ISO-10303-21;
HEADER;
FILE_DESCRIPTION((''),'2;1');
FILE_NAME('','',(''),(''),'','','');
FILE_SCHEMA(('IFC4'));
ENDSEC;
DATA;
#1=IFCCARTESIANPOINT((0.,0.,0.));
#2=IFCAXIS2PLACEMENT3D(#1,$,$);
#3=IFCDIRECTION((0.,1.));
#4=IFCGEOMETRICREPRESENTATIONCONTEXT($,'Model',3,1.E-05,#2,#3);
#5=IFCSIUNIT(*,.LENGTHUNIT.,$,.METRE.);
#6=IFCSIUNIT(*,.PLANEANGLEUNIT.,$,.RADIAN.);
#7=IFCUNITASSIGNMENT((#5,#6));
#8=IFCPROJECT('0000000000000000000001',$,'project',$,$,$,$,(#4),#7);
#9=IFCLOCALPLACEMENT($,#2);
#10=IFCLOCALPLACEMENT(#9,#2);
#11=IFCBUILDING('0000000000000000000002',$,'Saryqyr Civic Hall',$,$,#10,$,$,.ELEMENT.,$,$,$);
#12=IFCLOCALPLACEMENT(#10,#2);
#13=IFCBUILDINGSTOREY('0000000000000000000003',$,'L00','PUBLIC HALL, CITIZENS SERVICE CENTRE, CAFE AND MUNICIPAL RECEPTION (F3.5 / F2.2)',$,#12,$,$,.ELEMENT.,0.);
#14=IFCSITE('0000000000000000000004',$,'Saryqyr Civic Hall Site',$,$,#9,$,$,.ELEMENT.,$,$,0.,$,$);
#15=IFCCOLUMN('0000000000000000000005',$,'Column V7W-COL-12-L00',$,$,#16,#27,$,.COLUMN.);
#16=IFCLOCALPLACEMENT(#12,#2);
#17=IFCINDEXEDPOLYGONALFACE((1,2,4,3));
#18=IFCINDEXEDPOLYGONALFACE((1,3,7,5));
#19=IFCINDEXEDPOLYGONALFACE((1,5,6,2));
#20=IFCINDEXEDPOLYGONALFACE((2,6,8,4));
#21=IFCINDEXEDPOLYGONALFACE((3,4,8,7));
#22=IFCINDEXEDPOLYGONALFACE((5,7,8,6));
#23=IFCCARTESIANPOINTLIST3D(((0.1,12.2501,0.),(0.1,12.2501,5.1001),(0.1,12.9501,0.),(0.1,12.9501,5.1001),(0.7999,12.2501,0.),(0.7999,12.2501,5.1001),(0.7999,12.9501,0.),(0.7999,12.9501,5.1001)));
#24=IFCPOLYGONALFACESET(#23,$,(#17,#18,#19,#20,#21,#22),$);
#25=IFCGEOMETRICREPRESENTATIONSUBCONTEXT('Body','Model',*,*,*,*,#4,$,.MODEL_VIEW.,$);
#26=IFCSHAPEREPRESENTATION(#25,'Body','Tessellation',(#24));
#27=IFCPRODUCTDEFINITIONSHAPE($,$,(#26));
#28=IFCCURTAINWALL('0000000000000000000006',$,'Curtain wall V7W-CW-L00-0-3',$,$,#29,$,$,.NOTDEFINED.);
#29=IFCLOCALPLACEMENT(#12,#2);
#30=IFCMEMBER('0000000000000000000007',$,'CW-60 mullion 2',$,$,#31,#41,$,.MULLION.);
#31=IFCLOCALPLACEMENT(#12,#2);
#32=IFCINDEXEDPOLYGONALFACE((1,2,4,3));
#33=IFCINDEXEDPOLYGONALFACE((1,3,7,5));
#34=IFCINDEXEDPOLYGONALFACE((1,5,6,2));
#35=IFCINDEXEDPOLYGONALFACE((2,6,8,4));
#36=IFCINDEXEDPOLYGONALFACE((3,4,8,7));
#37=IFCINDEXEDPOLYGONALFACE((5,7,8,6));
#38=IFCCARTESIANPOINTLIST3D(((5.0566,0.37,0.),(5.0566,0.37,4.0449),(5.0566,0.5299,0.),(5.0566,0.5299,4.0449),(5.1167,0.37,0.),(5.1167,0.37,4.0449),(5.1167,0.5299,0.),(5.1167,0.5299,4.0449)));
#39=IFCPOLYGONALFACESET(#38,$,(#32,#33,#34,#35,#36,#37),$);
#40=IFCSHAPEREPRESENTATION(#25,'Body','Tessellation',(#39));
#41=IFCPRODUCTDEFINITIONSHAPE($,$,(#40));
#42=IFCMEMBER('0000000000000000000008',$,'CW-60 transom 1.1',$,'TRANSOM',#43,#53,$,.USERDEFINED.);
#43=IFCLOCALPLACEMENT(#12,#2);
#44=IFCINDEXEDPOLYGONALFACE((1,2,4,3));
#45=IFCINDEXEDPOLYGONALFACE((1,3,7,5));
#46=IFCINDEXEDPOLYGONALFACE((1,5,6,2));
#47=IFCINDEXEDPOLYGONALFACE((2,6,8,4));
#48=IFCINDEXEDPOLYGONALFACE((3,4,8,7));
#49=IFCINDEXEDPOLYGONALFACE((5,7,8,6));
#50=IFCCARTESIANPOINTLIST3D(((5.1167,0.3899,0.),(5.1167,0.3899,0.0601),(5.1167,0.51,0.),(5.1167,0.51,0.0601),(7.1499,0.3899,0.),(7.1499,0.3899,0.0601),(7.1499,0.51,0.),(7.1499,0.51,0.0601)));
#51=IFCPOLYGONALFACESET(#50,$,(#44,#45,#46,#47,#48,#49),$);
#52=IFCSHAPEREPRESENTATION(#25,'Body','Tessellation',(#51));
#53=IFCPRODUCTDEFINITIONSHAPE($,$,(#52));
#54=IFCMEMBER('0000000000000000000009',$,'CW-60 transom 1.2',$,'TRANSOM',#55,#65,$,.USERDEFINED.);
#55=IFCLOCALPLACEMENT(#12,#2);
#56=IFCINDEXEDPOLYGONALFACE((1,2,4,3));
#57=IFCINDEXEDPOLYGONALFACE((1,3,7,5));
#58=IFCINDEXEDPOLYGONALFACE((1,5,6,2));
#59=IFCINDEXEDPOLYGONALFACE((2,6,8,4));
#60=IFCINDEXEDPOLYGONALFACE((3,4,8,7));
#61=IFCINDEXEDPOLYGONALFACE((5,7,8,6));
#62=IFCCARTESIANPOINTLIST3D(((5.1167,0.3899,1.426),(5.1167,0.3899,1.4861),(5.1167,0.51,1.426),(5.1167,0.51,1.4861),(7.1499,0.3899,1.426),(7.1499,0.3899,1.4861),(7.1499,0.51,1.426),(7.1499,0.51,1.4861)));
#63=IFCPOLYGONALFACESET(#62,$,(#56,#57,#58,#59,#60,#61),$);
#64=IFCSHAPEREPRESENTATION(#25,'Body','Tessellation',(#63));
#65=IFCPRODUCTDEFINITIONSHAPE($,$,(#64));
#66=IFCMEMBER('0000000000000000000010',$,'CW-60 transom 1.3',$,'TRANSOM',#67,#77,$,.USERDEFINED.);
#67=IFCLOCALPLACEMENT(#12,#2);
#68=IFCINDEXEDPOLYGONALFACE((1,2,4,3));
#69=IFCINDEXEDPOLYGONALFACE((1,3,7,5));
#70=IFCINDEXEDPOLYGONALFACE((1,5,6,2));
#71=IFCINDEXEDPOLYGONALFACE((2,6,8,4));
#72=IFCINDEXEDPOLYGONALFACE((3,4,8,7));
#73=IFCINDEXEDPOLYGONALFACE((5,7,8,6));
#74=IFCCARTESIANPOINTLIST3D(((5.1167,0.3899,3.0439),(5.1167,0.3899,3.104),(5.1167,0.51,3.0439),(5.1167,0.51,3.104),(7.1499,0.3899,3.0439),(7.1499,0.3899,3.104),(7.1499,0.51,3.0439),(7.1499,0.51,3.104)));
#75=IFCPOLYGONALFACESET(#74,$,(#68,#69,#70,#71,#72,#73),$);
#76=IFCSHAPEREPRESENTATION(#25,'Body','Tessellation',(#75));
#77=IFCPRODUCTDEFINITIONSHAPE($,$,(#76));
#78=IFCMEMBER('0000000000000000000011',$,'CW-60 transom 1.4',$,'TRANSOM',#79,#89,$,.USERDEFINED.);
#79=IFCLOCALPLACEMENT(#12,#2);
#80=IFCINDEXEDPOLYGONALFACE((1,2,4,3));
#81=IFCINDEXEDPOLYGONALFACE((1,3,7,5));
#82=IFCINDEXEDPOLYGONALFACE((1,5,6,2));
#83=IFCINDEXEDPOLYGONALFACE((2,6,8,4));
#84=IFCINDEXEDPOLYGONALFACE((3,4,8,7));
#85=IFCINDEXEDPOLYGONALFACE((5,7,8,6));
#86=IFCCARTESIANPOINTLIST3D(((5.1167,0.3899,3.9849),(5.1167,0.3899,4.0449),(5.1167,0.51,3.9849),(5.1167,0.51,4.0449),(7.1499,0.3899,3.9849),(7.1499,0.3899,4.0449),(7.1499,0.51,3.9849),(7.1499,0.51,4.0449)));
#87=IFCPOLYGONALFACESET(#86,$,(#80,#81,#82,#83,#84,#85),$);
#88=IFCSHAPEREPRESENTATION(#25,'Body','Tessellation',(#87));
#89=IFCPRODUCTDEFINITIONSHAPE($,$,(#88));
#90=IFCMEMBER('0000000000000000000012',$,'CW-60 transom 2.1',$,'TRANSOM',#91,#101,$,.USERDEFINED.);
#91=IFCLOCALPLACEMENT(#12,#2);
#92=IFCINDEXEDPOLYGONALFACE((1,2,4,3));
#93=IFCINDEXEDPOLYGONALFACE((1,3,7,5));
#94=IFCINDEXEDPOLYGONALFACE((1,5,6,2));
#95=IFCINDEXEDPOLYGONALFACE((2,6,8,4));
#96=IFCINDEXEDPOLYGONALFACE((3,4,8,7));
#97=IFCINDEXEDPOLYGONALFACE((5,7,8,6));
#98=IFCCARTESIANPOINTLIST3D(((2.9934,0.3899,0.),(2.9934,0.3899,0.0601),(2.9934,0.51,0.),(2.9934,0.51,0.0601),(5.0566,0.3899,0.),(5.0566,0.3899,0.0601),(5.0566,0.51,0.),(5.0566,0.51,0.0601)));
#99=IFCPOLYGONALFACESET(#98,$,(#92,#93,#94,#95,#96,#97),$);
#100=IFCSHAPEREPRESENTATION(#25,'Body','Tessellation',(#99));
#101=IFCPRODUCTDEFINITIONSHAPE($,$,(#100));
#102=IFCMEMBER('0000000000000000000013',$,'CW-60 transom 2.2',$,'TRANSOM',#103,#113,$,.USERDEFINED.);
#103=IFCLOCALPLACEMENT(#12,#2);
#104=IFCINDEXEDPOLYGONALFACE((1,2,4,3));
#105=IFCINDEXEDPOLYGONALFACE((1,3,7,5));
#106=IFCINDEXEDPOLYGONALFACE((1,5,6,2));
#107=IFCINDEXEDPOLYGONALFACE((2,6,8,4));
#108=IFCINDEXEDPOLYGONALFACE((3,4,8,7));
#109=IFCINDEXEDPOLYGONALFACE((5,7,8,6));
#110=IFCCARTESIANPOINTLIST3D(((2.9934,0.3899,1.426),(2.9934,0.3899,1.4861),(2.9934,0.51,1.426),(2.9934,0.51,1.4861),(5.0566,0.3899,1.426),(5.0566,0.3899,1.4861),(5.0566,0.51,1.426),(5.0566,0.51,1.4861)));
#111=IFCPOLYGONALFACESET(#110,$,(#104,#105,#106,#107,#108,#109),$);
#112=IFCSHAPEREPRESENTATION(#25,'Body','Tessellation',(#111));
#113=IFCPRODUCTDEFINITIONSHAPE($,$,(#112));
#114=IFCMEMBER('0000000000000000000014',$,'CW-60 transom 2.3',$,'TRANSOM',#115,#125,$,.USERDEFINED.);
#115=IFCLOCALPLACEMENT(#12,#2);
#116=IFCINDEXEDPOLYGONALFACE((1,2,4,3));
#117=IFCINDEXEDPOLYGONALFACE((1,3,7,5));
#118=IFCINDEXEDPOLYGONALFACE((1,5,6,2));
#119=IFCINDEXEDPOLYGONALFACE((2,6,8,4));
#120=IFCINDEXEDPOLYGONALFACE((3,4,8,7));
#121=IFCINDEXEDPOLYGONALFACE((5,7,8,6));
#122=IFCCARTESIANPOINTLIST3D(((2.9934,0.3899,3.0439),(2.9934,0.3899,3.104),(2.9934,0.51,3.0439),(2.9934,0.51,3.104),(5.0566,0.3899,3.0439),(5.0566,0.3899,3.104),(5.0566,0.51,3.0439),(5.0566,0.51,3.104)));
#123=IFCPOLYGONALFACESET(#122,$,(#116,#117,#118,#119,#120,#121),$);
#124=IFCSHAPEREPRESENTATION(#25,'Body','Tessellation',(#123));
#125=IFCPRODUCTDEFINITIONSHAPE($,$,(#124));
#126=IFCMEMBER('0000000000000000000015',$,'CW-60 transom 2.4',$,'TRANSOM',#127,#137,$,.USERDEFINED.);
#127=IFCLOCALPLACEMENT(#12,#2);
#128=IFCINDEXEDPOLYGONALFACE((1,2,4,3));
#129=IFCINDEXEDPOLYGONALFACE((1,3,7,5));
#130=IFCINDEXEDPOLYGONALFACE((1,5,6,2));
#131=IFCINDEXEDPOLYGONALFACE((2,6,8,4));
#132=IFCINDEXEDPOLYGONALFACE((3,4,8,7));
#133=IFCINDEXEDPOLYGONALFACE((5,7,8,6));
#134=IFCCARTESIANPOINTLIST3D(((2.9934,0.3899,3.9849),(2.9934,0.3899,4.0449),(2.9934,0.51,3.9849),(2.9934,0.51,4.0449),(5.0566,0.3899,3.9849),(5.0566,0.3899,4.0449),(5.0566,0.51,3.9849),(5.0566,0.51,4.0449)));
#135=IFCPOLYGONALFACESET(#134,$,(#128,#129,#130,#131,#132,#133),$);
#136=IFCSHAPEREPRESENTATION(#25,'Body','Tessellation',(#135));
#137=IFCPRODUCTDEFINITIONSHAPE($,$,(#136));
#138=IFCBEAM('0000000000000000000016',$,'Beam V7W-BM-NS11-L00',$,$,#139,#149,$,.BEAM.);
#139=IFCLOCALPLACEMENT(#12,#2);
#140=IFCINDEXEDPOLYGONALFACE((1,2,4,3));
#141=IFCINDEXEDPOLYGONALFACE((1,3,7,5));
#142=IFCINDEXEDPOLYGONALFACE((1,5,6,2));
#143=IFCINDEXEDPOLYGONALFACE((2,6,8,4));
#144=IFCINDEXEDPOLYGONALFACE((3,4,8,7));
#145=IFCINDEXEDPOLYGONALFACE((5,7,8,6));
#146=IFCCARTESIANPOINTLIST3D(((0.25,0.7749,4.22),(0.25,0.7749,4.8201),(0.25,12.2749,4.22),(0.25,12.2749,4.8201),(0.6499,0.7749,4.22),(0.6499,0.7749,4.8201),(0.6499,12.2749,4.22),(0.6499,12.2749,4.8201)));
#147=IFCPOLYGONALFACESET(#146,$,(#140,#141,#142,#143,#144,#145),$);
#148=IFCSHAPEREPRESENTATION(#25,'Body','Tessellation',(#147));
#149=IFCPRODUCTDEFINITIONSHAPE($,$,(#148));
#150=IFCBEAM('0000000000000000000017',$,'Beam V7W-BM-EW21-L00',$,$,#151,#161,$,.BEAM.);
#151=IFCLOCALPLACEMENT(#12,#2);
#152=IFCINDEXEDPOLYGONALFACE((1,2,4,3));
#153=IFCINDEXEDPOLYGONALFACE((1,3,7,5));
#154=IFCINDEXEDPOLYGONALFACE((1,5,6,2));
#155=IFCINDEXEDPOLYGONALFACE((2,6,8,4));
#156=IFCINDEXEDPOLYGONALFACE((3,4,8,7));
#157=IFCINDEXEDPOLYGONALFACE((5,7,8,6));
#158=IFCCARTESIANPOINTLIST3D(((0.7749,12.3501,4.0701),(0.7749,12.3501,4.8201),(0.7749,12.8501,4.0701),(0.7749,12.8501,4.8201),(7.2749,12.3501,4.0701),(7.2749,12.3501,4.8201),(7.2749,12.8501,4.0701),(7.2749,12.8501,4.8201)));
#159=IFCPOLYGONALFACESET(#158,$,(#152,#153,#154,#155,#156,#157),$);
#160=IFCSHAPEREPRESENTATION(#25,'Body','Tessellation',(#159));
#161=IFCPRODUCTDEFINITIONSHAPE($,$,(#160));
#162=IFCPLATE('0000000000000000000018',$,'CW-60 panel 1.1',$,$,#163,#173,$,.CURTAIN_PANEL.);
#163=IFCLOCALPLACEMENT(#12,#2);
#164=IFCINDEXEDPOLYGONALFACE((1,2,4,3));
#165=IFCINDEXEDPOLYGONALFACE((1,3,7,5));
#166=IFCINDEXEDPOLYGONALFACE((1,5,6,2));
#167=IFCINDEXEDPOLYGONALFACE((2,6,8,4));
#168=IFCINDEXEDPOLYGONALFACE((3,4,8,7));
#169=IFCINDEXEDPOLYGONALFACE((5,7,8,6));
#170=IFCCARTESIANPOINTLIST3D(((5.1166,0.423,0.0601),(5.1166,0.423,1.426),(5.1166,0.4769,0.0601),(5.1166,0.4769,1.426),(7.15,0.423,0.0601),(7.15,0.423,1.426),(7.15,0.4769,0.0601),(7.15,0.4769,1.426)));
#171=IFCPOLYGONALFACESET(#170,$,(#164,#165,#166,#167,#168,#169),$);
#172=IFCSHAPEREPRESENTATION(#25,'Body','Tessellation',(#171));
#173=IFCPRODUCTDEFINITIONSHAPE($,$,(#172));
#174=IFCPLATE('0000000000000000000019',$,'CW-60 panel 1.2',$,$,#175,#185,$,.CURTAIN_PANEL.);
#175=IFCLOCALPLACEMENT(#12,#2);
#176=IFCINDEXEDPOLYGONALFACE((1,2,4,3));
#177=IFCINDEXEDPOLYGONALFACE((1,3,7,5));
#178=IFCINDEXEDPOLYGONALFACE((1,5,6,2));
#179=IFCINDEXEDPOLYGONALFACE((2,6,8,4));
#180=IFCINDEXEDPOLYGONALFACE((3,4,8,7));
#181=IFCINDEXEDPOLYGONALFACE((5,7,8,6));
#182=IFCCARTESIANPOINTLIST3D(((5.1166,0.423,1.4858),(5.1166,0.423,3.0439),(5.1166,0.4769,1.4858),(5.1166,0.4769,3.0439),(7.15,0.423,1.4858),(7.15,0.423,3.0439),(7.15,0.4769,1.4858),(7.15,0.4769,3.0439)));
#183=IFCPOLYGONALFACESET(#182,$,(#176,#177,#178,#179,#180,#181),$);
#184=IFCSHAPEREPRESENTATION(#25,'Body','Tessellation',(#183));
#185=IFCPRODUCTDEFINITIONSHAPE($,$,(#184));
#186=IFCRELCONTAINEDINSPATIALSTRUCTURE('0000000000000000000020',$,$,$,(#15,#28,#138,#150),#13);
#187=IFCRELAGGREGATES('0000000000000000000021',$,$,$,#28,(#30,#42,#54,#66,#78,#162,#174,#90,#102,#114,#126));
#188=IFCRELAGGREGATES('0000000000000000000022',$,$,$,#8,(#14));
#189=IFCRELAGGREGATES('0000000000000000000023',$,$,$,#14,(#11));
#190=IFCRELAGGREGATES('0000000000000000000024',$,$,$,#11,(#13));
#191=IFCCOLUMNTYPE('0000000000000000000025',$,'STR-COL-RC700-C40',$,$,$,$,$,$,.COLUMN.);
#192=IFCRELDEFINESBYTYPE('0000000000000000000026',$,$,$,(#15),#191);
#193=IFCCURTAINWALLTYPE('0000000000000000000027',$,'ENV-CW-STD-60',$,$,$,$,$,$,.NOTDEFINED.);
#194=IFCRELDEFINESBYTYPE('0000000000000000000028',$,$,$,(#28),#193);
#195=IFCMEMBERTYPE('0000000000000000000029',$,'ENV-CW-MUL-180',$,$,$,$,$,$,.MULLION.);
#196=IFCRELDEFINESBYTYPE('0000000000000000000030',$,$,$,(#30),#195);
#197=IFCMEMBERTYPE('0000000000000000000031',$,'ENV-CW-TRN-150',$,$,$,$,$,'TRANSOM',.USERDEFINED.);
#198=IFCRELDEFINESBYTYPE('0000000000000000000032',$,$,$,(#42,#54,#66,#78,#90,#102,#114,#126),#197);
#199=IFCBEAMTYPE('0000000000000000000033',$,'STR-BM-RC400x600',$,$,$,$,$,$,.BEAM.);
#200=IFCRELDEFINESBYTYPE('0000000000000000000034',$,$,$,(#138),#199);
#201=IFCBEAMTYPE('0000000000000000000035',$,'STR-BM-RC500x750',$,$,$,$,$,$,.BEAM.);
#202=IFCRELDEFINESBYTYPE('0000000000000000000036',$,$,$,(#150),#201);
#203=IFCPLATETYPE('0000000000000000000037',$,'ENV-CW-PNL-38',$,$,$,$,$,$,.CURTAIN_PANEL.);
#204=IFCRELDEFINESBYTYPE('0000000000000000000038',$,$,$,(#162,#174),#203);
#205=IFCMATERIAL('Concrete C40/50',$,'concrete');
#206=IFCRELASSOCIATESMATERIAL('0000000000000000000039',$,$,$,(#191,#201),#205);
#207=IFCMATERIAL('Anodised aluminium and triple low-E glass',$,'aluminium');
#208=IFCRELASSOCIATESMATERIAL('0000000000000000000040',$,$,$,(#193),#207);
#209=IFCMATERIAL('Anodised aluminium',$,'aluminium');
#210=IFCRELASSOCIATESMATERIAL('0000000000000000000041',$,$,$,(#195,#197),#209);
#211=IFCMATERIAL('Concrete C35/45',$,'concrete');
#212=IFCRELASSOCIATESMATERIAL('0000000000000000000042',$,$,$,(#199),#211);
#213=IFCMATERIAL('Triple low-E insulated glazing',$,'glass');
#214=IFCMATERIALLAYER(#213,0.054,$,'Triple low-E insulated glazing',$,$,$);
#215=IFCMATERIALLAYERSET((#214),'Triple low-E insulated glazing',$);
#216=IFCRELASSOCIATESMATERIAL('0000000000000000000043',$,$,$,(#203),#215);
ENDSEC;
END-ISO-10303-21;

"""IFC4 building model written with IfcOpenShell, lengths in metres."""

from ifc_helpers import new_model, si_unit, direction, frame, origin, origin_2d, place, context, subcontext, project, spatial, rectangle, extrude, material, layer, layer_set, material_profile, profile_set, type_object, element, aggregate, save


model = new_model("IFC4")

# Units and contexts
model_context = context("Model", 3, precision=1e-05, world=origin(), true_north=direction((0.0, 1.0)))
body_context = subcontext(model_context, "Body", "Model", "MODEL_VIEW")
ifc_project = project(units=[si_unit("LENGTHUNIT", "METRE"), si_unit("PLANEANGLEUNIT", "RADIAN")], contexts=[model_context])

# Site, building, storey
site_placement = place(None, origin())
site = spatial("IfcSite", under=ifc_project, at=site_placement, Name="Saryqyr Civic Hall Site", CompositionType="ELEMENT", RefElevation=0.0)
building_placement = place(site_placement, origin())
building = spatial("IfcBuilding", under=site, at=building_placement, Name="Saryqyr Civic Hall", CompositionType="ELEMENT")
storey_placement = place(building_placement, origin())
storey = spatial("IfcBuildingStorey", under=building, at=storey_placement, Name="L00", Description="PUBLIC HALL, CITIZENS SERVICE CENTRE, CAFE AND MUNICIPAL RECEPTION (F3.5 / F2.2)", CompositionType="ELEMENT", Elevation=0.0)

# Column
ifc_material_1 = material(Name="Concrete C40/50", Category="concrete")
ifc_material_profile_1 = material_profile(ifc_material_1, rectangle(XDim=0.7, YDim=0.7, at=origin_2d()), Name="RC 700x700")
ifc_profile_set_1 = profile_set([ifc_material_profile_1], Name="Concrete C40/50")
column_type = type_object("IfcColumnType", Name="STR-COL-RC700-C40", PredefinedType="COLUMN", material=ifc_profile_set_1)
column_placement = place(storey_placement, frame((0.45, 12.6001, 0.0), z_axis=(0.0, 0.0, 1.0), x_axis=(1.0, 0.0, 0.0)))
element("IfcColumn", 1, at=column_placement, inside=storey, type_object=column_type, Name="Column V7W-COL-12-L00", PredefinedType="COLUMN", context=body_context, shape_type="SweptSolid", body=[
    extrude(rectangle(XDim=0.7, YDim=0.7, at=origin_2d()), origin(), (0.0, 0.0, 1.0), 5.1001),
])

# Curtain wall, members
ifc_material_2 = material(Name="Anodised aluminium and triple low-E glass", Category="aluminium")
curtain_wall_type = type_object("IfcCurtainWallType", Name="ENV-CW-STD-60", PredefinedType="NOTDEFINED", material=ifc_material_2)
curtain_wall_placement = place(storey_placement, origin())
curtain_wall = element("IfcCurtainWall", 2, at=curtain_wall_placement, inside=storey, type_object=curtain_wall_type, Name="Curtain wall V7W-CW-L00-0-3", PredefinedType="NOTDEFINED")
ifc_material_3 = material(Name="Anodised aluminium", Category="aluminium")
ifc_material_profile_2 = material_profile(ifc_material_3, rectangle(XDim=0.0601, YDim=0.1599, at=origin_2d()), Name="ALU MULLION 60x160")
ifc_profile_set_2 = profile_set([ifc_material_profile_2], Name="Anodised aluminium")
member_type_1 = type_object("IfcMemberType", Name="ENV-CW-MUL-180", PredefinedType="MULLION", material=ifc_profile_set_2)
member_1_placement = place(storey_placement, frame((5.0867, 0.45, 0.0), z_axis=(0.0, 0.0, 1.0), x_axis=(-1.0, 0.0, 0.0)))
member_1 = element("IfcMember", 3, at=member_1_placement, type_object=member_type_1, Name="CW-60 mullion 2", PredefinedType="MULLION", context=body_context, shape_type="SweptSolid", body=[
    extrude(rectangle(XDim=0.0601, YDim=0.1599, at=origin_2d()), origin(), (0.0, 0.0, 1.0), 4.0449),
])
ifc_material_profile_3 = material_profile(ifc_material_3, rectangle(XDim=0.1201, YDim=0.0601, at=origin_2d()), Name="ALU TRANSOM 120x60")
ifc_profile_set_3 = profile_set([ifc_material_profile_3], Name="Anodised aluminium")
member_type_2 = type_object("IfcMemberType", Name="ENV-CW-TRN-150", ElementType="TRANSOM", PredefinedType="USERDEFINED", material=ifc_profile_set_3)
member_2_placement = place(storey_placement, frame((7.1499, 0.45, 0.03), z_axis=(-1.0, 0.0, 0.0), x_axis=(0.0, -1.0, 0.0)))
member_2 = element("IfcMember", 4, at=member_2_placement, type_object=member_type_2, Name="CW-60 transom 1.1", ObjectType="TRANSOM", PredefinedType="USERDEFINED", context=body_context, shape_type="SweptSolid", body=[
    extrude(rectangle(XDim=0.1201, YDim=0.0601, at=origin_2d()), origin(), (0.0, 0.0, 1.0), 2.0332),
])
member_3_placement = place(storey_placement, frame((7.1499, 0.45, 1.4561), z_axis=(-1.0, 0.0, 0.0), x_axis=(0.0, -1.0, 0.0)))
member_3 = element("IfcMember", 5, at=member_3_placement, type_object=member_type_2, Name="CW-60 transom 1.2", ObjectType="TRANSOM", PredefinedType="USERDEFINED", context=body_context, shape_type="SweptSolid", body=[
    extrude(rectangle(XDim=0.1201, YDim=0.0601, at=origin_2d()), origin(), (0.0, 0.0, 1.0), 2.0332),
])
member_4_placement = place(storey_placement, frame((7.1499, 0.45, 3.074), z_axis=(-1.0, 0.0, 0.0), x_axis=(0.0, -1.0, 0.0)))
member_4 = element("IfcMember", 6, at=member_4_placement, type_object=member_type_2, Name="CW-60 transom 1.3", ObjectType="TRANSOM", PredefinedType="USERDEFINED", context=body_context, shape_type="SweptSolid", body=[
    extrude(rectangle(XDim=0.1201, YDim=0.0601, at=origin_2d()), origin(), (0.0, 0.0, 1.0), 2.0332),
])
member_5_placement = place(storey_placement, frame((7.1499, 0.45, 4.0149), z_axis=(-1.0, 0.0, 0.0), x_axis=(0.0, -1.0, 0.0)))
member_5 = element("IfcMember", 7, at=member_5_placement, type_object=member_type_2, Name="CW-60 transom 1.4", ObjectType="TRANSOM", PredefinedType="USERDEFINED", context=body_context, shape_type="SweptSolid", body=[
    extrude(rectangle(XDim=0.1201, YDim=0.0601, at=origin_2d()), origin(), (0.0, 0.0, 1.0), 2.0332),
])
member_6_placement = place(storey_placement, frame((5.0566, 0.45, 0.03), z_axis=(-1.0, 0.0, 0.0), x_axis=(0.0, -1.0, 0.0)))
member_6 = element("IfcMember", 8, at=member_6_placement, type_object=member_type_2, Name="CW-60 transom 2.1", ObjectType="TRANSOM", PredefinedType="USERDEFINED", context=body_context, shape_type="SweptSolid", body=[
    extrude(rectangle(XDim=0.1201, YDim=0.0601, at=origin_2d()), origin(), (0.0, 0.0, 1.0), 2.0632),
])
member_7_placement = place(storey_placement, frame((5.0566, 0.45, 1.4561), z_axis=(-1.0, 0.0, 0.0), x_axis=(0.0, -1.0, 0.0)))
member_7 = element("IfcMember", 9, at=member_7_placement, type_object=member_type_2, Name="CW-60 transom 2.2", ObjectType="TRANSOM", PredefinedType="USERDEFINED", context=body_context, shape_type="SweptSolid", body=[
    extrude(rectangle(XDim=0.1201, YDim=0.0601, at=origin_2d()), origin(), (0.0, 0.0, 1.0), 2.0632),
])
member_8_placement = place(storey_placement, frame((5.0566, 0.45, 3.074), z_axis=(-1.0, 0.0, 0.0), x_axis=(0.0, -1.0, 0.0)))
member_8 = element("IfcMember", 10, at=member_8_placement, type_object=member_type_2, Name="CW-60 transom 2.3", ObjectType="TRANSOM", PredefinedType="USERDEFINED", context=body_context, shape_type="SweptSolid", body=[
    extrude(rectangle(XDim=0.1201, YDim=0.0601, at=origin_2d()), origin(), (0.0, 0.0, 1.0), 2.0632),
])
member_9_placement = place(storey_placement, frame((5.0566, 0.45, 4.0149), z_axis=(-1.0, 0.0, 0.0), x_axis=(0.0, -1.0, 0.0)))
member_9 = element("IfcMember", 11, at=member_9_placement, type_object=member_type_2, Name="CW-60 transom 2.4", ObjectType="TRANSOM", PredefinedType="USERDEFINED", context=body_context, shape_type="SweptSolid", body=[
    extrude(rectangle(XDim=0.1201, YDim=0.0601, at=origin_2d()), origin(), (0.0, 0.0, 1.0), 2.0632),
])

# Beams
ifc_material_4 = material(Name="Concrete C35/45", Category="concrete")
ifc_material_profile_4 = material_profile(ifc_material_4, rectangle(XDim=0.3999, YDim=0.6001, at=origin_2d()), Name="RC 400x600")
ifc_profile_set_4 = profile_set([ifc_material_profile_4], Name="Concrete C35/45")
beam_type_1 = type_object("IfcBeamType", Name="STR-BM-RC400x600", PredefinedType="BEAM", material=ifc_profile_set_4)
beam_1_placement = place(storey_placement, frame((0.45, 0.7749, 4.52), z_axis=(0.0, 1.0, 0.0), x_axis=(-1.0, 0.0, 0.0)))
element("IfcBeam", 12, at=beam_1_placement, inside=storey, type_object=beam_type_1, Name="Beam V7W-BM-NS11-L00", PredefinedType="BEAM", context=body_context, shape_type="SweptSolid", body=[
    extrude(rectangle(XDim=0.3999, YDim=0.6001, at=origin_2d()), origin(), (0.0, 0.0, 1.0), 11.5),
])
ifc_material_profile_5 = material_profile(ifc_material_1, rectangle(XDim=0.5, YDim=0.75, at=origin_2d()), Name="RC 500x750")
ifc_profile_set_5 = profile_set([ifc_material_profile_5], Name="Concrete C40/50")
beam_type_2 = type_object("IfcBeamType", Name="STR-BM-RC500x750", PredefinedType="BEAM", material=ifc_profile_set_5)
beam_2_placement = place(storey_placement, frame((0.7749, 12.6001, 4.4451), z_axis=(1.0, 0.0, 0.0), x_axis=(0.0, 1.0, 0.0)))
element("IfcBeam", 13, at=beam_2_placement, inside=storey, type_object=beam_type_2, Name="Beam V7W-BM-EW21-L00", PredefinedType="BEAM", context=body_context, shape_type="SweptSolid", body=[
    extrude(rectangle(XDim=0.5, YDim=0.75, at=origin_2d()), origin(), (0.0, 0.0, 1.0), 6.5),
])

# Plates
ifc_material_5 = material(Name="Triple low-E insulated glazing", Category="glass")
ifc_layer_1 = layer(ifc_material_5, 0.054, Name="Triple low-E insulated glazing")
ifc_layer_set_1 = layer_set([ifc_layer_1], Name="Triple low-E insulated glazing")
plate_type = type_object("IfcPlateType", Name="ENV-CW-PNL-38", PredefinedType="CURTAIN_PANEL", material=ifc_layer_set_1)
plate_1_placement = place(storey_placement, frame((6.1333, 0.45, 0.0601), z_axis=(0.0, 0.0, 1.0), x_axis=(-1.0, 0.0, 0.0)))
plate_1 = element("IfcPlate", 14, at=plate_1_placement, type_object=plate_type, Name="CW-60 panel 1.1", PredefinedType="CURTAIN_PANEL", context=body_context, shape_type="SweptSolid", body=[
    extrude(rectangle(XDim=2.0334, YDim=0.054, at=origin_2d()), origin(), (0.0, 0.0, 1.0), 1.366),
])
plate_2_placement = place(storey_placement, frame((6.1333, 0.45, 1.4858), z_axis=(0.0, 0.0, 1.0), x_axis=(-1.0, 0.0, 0.0)))
plate_2 = element("IfcPlate", 15, at=plate_2_placement, type_object=plate_type, Name="CW-60 panel 1.2", PredefinedType="CURTAIN_PANEL", context=body_context, shape_type="SweptSolid", body=[
    extrude(rectangle(XDim=2.0334, YDim=0.054, at=origin_2d()), origin(), (0.0, 0.0, 1.0), 1.5581),
])
aggregate(curtain_wall, [member_1, member_2, member_3, member_4, member_5, plate_1, plate_2, member_6, member_7, member_8, member_9])

save(model, "model.ifc")
